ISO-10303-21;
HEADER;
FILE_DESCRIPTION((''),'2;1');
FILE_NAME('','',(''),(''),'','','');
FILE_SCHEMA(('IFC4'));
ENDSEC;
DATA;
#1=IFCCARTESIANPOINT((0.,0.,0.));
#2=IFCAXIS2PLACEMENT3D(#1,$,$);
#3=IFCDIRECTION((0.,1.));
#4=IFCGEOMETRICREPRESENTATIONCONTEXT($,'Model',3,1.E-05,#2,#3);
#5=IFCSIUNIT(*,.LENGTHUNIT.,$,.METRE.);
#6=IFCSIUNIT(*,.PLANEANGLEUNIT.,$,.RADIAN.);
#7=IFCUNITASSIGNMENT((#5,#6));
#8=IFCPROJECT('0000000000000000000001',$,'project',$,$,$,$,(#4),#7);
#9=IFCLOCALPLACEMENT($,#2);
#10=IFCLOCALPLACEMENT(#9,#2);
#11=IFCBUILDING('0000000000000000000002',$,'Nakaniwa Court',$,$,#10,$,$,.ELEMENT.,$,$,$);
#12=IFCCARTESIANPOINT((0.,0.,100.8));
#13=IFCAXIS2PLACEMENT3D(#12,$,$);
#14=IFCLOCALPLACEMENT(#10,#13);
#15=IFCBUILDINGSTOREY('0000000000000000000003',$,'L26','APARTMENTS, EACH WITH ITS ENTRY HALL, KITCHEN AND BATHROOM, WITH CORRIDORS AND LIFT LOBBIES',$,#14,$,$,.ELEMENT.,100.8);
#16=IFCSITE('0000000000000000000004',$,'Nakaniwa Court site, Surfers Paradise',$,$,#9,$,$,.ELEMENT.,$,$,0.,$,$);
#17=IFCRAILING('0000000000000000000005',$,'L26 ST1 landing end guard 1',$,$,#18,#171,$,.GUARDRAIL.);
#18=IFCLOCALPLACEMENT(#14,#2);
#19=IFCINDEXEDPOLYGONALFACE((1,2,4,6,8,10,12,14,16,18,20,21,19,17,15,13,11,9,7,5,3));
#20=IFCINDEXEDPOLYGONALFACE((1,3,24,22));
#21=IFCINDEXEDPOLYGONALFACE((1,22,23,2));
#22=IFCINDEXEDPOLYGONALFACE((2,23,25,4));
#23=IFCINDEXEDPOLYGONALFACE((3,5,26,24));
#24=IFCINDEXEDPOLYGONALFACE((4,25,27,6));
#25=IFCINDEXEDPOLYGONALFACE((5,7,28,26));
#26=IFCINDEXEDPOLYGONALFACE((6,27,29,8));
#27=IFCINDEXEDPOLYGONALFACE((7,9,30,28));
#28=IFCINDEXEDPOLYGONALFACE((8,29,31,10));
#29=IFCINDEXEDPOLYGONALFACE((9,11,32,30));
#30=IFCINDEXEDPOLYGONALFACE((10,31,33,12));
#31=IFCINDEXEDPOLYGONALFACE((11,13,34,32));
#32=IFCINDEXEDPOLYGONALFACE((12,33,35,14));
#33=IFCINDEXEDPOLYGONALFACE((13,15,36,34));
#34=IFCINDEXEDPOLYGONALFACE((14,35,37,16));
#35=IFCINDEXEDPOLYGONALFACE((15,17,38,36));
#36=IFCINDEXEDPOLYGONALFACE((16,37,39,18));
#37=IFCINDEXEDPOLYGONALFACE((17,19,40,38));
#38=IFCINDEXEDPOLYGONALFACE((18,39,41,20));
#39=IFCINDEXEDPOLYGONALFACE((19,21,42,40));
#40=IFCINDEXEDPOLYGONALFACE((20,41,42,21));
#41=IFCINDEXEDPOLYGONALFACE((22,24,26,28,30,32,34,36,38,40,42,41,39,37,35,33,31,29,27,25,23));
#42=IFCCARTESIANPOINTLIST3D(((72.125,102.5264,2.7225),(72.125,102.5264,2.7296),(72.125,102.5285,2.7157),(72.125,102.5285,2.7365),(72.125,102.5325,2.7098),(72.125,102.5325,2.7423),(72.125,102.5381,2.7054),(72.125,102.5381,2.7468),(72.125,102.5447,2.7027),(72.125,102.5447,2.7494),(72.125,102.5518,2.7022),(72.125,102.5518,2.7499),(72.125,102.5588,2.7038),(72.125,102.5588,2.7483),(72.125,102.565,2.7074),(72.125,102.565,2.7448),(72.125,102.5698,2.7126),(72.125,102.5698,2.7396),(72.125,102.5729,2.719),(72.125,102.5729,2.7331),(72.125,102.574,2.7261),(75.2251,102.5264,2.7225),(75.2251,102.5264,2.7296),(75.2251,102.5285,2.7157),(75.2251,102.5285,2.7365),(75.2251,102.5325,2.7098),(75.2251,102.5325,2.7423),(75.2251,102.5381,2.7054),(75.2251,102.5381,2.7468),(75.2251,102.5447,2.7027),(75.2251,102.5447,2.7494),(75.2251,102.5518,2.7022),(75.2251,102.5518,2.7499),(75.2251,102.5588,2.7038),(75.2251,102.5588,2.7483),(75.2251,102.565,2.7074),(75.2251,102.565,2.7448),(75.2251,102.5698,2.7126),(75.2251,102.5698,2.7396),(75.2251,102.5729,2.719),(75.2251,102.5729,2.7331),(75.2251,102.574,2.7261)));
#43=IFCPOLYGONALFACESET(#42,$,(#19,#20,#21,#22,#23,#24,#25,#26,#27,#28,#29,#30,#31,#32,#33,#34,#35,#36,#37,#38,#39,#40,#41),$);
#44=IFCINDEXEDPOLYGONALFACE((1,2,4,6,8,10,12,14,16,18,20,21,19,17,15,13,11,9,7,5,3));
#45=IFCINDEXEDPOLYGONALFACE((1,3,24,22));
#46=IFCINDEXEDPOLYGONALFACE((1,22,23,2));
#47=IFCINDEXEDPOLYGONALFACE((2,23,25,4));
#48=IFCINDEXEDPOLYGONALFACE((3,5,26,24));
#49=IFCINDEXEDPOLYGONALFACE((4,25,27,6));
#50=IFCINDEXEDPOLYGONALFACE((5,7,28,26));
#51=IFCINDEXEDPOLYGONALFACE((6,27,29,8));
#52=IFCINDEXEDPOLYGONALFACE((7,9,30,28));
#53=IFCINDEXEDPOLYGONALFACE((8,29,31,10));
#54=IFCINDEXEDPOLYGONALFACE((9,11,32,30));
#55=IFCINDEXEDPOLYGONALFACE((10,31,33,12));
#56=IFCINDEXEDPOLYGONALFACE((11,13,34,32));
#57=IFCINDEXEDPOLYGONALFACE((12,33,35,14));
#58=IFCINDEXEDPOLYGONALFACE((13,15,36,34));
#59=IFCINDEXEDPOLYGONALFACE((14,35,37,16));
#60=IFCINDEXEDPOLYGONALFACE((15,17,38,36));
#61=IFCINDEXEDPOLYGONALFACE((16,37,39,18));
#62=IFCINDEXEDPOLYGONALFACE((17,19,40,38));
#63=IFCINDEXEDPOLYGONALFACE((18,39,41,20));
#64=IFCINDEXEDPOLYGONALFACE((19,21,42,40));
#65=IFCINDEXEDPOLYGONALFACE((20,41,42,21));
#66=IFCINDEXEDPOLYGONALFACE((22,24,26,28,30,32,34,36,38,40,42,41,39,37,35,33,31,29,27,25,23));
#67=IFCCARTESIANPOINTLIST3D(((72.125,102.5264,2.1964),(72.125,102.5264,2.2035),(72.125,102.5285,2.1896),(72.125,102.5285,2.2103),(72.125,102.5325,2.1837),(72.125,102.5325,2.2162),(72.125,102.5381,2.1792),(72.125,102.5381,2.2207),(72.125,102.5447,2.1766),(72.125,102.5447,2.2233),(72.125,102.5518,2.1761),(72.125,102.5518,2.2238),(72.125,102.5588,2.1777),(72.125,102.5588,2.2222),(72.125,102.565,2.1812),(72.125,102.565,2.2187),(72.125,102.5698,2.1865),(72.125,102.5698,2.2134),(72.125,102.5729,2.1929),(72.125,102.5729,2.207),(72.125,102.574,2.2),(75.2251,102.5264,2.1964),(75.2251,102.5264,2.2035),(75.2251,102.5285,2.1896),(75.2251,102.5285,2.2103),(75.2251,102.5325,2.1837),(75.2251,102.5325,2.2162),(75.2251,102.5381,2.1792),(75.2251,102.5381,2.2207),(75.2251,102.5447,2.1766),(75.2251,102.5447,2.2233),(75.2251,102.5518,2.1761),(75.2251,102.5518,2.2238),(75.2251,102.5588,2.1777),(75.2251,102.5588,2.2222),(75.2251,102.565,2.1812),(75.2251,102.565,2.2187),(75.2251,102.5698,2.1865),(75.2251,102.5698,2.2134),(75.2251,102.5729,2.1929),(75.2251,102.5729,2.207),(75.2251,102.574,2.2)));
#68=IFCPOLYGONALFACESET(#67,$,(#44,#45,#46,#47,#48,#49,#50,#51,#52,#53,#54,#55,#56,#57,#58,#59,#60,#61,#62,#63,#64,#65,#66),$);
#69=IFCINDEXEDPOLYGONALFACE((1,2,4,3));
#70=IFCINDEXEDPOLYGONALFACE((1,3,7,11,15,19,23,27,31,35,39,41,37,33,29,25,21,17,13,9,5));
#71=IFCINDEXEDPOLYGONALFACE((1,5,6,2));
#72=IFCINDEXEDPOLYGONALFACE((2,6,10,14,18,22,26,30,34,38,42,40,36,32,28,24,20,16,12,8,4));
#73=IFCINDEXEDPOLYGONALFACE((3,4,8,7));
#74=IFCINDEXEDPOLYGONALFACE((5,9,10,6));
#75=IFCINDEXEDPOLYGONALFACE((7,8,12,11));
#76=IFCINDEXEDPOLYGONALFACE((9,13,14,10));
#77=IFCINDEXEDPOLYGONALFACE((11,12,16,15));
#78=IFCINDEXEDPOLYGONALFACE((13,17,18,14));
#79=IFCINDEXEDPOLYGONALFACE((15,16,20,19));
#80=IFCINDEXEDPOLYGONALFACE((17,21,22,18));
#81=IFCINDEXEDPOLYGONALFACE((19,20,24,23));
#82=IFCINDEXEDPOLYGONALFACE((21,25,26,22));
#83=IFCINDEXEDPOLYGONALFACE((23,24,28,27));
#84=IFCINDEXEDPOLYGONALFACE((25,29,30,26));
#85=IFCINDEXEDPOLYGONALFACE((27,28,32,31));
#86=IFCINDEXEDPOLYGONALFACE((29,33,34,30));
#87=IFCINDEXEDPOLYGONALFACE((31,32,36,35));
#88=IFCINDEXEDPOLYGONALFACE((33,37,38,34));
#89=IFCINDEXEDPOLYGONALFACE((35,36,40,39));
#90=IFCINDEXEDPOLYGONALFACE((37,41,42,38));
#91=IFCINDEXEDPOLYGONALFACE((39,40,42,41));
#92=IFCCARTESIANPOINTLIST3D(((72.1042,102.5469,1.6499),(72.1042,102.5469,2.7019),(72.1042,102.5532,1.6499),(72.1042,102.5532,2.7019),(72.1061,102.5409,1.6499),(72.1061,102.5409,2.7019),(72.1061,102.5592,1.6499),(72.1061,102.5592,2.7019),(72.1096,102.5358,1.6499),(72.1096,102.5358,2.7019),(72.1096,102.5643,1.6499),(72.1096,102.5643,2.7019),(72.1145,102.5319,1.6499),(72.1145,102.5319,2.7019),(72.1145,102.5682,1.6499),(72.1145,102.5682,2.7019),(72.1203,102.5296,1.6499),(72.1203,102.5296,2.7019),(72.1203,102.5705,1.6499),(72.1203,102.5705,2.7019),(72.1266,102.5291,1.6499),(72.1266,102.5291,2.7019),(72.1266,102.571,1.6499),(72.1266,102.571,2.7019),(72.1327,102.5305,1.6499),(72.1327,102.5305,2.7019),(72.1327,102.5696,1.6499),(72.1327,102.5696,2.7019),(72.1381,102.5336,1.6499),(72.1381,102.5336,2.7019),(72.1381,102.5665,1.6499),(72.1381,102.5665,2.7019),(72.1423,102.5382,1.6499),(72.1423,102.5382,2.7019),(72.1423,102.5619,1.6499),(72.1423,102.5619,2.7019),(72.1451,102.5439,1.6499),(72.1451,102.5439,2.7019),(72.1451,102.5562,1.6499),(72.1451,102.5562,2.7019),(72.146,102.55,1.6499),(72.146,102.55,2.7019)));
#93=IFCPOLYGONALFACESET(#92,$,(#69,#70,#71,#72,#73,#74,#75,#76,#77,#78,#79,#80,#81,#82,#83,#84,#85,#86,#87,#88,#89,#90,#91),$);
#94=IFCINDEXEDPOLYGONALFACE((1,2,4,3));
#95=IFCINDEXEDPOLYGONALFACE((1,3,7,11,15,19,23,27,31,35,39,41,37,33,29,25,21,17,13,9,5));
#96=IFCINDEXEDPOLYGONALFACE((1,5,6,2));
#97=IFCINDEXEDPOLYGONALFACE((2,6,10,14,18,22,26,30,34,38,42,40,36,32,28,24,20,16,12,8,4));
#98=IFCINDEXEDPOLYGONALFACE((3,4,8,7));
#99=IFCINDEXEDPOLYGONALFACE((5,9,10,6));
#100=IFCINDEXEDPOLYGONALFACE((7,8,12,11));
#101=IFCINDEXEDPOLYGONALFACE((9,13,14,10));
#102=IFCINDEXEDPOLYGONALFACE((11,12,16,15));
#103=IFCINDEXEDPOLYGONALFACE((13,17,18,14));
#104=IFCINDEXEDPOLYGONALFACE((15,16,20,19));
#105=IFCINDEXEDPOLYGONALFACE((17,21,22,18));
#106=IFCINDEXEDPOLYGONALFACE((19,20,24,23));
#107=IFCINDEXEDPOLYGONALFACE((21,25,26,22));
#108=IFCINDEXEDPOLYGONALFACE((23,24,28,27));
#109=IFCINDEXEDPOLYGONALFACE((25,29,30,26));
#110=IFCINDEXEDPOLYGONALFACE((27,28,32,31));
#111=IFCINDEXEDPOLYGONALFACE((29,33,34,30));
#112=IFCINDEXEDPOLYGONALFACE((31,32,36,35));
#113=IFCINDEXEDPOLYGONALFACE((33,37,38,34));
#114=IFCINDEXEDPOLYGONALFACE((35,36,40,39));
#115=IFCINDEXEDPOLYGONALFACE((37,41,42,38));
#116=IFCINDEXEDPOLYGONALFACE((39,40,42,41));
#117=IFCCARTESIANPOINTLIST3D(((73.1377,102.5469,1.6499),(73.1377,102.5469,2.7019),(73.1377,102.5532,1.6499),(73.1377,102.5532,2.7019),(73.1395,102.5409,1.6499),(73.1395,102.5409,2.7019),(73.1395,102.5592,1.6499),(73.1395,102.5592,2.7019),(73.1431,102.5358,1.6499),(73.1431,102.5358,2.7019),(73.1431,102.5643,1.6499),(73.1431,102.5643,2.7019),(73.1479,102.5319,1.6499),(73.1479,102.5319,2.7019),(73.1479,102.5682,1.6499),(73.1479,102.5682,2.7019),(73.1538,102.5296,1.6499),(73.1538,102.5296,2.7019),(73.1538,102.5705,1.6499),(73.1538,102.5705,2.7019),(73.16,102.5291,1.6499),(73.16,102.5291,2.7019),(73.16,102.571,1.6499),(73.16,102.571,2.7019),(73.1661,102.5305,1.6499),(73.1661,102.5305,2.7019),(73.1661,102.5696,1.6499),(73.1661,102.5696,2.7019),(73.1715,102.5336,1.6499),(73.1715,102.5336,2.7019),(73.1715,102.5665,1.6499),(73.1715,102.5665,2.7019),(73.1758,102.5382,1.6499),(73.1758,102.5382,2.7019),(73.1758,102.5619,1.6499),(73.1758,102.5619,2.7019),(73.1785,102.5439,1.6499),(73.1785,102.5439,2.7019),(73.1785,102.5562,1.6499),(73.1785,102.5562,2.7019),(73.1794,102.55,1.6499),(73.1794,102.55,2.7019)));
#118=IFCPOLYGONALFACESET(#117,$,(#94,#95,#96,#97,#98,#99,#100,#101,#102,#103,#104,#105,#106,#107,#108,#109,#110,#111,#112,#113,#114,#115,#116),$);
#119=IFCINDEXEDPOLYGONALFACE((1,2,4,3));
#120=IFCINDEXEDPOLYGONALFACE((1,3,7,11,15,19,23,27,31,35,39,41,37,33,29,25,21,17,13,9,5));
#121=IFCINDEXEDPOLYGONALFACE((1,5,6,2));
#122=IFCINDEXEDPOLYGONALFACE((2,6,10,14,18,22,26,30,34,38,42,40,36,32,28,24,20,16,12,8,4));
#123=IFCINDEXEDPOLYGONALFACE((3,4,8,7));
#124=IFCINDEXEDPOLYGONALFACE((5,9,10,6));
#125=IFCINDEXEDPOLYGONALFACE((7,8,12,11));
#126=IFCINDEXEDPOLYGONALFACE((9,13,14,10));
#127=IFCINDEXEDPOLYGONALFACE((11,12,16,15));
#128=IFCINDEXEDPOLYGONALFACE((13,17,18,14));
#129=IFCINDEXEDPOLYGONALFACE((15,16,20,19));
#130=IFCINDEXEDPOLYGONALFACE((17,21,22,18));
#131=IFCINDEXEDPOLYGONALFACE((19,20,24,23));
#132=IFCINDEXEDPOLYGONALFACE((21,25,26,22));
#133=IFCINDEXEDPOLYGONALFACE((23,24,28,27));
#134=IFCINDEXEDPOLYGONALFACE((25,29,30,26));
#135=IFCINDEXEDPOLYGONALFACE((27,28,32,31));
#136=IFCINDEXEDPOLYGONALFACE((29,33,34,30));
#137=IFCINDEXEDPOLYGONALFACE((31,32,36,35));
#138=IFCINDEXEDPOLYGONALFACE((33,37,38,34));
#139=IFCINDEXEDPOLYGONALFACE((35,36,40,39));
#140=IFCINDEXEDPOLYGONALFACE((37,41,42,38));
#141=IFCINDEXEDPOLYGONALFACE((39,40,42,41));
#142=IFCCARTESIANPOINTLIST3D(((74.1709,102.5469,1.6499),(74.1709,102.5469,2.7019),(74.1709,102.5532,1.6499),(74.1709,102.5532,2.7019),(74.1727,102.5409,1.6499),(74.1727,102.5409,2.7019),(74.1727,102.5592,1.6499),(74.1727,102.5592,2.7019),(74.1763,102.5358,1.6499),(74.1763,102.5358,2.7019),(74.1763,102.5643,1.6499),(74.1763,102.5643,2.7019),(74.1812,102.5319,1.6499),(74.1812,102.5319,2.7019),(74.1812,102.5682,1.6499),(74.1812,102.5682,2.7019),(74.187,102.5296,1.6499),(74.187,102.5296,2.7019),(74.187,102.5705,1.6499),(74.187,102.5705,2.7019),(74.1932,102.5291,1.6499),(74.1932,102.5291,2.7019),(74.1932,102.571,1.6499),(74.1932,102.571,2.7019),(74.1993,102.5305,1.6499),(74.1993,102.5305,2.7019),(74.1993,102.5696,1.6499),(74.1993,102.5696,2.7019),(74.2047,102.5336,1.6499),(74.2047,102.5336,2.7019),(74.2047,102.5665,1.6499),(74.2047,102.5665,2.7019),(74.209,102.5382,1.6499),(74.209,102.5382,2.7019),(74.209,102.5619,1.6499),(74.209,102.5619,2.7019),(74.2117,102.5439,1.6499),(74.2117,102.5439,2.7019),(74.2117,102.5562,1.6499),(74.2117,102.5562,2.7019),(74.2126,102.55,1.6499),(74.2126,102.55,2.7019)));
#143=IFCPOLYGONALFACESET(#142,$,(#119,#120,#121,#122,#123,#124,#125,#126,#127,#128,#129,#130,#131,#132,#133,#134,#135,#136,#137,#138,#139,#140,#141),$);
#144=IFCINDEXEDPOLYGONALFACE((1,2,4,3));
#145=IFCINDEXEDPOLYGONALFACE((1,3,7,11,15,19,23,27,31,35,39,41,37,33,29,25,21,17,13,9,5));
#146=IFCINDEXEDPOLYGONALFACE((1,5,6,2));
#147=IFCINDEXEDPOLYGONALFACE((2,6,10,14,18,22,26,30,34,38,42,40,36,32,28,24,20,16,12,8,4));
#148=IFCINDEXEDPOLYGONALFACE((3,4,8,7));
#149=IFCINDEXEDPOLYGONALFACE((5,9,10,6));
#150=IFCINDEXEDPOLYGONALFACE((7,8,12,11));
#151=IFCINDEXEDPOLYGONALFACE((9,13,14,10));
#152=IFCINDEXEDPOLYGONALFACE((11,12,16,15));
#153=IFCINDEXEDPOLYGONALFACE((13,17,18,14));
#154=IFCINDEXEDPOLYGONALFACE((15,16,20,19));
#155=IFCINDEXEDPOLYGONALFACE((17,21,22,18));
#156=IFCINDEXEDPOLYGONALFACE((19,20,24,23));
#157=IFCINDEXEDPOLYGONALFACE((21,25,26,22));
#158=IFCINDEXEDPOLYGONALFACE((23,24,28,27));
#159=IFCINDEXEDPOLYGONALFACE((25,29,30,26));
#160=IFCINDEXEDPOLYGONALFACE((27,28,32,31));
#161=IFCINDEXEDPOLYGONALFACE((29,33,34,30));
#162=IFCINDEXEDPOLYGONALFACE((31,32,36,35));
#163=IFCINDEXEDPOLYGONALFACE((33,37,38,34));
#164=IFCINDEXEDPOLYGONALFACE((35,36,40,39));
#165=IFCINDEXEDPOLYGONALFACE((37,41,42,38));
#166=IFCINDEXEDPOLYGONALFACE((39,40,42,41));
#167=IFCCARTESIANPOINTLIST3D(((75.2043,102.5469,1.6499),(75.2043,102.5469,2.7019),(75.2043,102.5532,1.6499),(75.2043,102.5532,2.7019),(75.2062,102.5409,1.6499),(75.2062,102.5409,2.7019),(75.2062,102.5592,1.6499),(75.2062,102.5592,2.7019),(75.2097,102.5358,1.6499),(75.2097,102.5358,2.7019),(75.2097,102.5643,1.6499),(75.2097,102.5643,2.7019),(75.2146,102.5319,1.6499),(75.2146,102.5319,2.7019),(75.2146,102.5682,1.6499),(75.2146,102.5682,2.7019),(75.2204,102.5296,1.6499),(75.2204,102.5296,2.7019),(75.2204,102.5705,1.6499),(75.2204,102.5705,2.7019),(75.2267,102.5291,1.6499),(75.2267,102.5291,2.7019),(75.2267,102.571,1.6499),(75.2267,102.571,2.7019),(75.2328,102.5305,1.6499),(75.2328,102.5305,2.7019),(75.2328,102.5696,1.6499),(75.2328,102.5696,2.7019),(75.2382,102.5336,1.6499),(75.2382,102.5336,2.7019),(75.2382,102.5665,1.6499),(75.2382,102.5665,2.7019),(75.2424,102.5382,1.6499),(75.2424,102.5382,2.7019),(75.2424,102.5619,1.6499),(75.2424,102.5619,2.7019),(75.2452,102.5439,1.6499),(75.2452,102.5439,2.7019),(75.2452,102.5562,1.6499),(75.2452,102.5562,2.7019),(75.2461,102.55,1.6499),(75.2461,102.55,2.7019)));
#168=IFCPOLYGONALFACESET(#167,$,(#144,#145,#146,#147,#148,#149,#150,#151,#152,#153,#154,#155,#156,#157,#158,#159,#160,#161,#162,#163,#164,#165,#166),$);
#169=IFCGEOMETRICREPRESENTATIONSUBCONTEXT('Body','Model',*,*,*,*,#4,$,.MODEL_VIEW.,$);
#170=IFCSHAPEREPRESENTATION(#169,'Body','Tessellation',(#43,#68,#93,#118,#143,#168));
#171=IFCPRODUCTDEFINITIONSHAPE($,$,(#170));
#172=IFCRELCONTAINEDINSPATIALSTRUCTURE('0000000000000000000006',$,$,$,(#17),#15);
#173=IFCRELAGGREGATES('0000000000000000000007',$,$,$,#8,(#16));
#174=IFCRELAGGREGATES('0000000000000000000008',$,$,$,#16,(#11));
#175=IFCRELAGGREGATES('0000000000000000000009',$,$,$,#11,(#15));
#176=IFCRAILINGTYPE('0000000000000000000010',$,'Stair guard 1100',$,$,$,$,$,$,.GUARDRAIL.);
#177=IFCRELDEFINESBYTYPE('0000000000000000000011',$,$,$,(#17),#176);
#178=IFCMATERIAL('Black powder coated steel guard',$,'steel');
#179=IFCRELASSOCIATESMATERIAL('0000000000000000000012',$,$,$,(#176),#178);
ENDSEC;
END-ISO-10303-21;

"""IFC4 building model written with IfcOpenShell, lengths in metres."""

from ifc_helpers import new_model, si_unit, direction, frame, origin, origin_2d, place, context, subcontext, project, spatial, circle, extrude, material, type_object, element, save


model = new_model("IFC4")

# Units and contexts
model_context = context("Model", 3, precision=1e-05, world=origin(), true_north=direction((0.0, 1.0)))
body_context = subcontext(model_context, "Body", "Model", "MODEL_VIEW")
ifc_project = project(units=[si_unit("LENGTHUNIT", "METRE"), si_unit("PLANEANGLEUNIT", "RADIAN")], contexts=[model_context])

# Site, building, storey
site_placement = place(None, origin())
site = spatial("IfcSite", under=ifc_project, at=site_placement, Name="Nakaniwa Court site, Surfers Paradise", CompositionType="ELEMENT", RefElevation=0.0)
building_placement = place(site_placement, origin())
building = spatial("IfcBuilding", under=site, at=building_placement, Name="Nakaniwa Court", CompositionType="ELEMENT")
storey_placement = place(building_placement, frame((0.0, 0.0, 100.8)))
storey = spatial("IfcBuildingStorey", under=building, at=storey_placement, Name="L26", Description="APARTMENTS, EACH WITH ITS ENTRY HALL, KITCHEN AND BATHROOM, WITH CORRIDORS AND LIFT LOBBIES", CompositionType="ELEMENT", Elevation=100.8)

# Railing
ifc_material_1 = material(Name="Black powder coated steel guard", Category="steel")
railing_type_1 = type_object("IfcRailingType", Name="Stair guard 1100", PredefinedType="GUARDRAIL", material=ifc_material_1)
railing_1_placement = place(storey_placement, frame((72.125, 102.55, 1.6499)))
element("IfcRailing", 1, at=railing_1_placement, inside=storey, type_object=railing_type_1, Name="L26 ST1 landing end guard 1", PredefinedType="GUARDRAIL", context=body_context, shape_type="SweptSolid", body=[
    extrude(circle(Radius=0.0239, at=origin_2d()), frame((0.0, 0.0, 1.0762), z_axis=(1.0, 0.0, 0.0), x_axis=(0.0, 1.0, 0.0)), (0.0, 0.0, 1.0), 3.1001),
    extrude(circle(Radius=0.0239, at=origin_2d()), frame((0.0, 0.0, 0.55), z_axis=(1.0, 0.0, 0.0), x_axis=(0.0, 1.0, 0.0)), (0.0, 0.0, 1.0), 3.1001),
    extrude(circle(Radius=0.021, at=origin_2d()), origin(), (0.0, 0.0, 1.0), 1.052),
    extrude(circle(Radius=0.021, at=origin_2d()), frame((1.0334, 0.0, 0.0)), (0.0, 0.0, 1.0), 1.052),
    extrude(circle(Radius=0.021, at=origin_2d()), frame((2.0667, 0.0, 0.0)), (0.0, 0.0, 1.0), 1.052),
    extrude(circle(Radius=0.021, at=origin_2d()), frame((3.1001, 0.0, 0.0)), (0.0, 0.0, 1.0), 1.052),
])

save(model, "model.ifc")
